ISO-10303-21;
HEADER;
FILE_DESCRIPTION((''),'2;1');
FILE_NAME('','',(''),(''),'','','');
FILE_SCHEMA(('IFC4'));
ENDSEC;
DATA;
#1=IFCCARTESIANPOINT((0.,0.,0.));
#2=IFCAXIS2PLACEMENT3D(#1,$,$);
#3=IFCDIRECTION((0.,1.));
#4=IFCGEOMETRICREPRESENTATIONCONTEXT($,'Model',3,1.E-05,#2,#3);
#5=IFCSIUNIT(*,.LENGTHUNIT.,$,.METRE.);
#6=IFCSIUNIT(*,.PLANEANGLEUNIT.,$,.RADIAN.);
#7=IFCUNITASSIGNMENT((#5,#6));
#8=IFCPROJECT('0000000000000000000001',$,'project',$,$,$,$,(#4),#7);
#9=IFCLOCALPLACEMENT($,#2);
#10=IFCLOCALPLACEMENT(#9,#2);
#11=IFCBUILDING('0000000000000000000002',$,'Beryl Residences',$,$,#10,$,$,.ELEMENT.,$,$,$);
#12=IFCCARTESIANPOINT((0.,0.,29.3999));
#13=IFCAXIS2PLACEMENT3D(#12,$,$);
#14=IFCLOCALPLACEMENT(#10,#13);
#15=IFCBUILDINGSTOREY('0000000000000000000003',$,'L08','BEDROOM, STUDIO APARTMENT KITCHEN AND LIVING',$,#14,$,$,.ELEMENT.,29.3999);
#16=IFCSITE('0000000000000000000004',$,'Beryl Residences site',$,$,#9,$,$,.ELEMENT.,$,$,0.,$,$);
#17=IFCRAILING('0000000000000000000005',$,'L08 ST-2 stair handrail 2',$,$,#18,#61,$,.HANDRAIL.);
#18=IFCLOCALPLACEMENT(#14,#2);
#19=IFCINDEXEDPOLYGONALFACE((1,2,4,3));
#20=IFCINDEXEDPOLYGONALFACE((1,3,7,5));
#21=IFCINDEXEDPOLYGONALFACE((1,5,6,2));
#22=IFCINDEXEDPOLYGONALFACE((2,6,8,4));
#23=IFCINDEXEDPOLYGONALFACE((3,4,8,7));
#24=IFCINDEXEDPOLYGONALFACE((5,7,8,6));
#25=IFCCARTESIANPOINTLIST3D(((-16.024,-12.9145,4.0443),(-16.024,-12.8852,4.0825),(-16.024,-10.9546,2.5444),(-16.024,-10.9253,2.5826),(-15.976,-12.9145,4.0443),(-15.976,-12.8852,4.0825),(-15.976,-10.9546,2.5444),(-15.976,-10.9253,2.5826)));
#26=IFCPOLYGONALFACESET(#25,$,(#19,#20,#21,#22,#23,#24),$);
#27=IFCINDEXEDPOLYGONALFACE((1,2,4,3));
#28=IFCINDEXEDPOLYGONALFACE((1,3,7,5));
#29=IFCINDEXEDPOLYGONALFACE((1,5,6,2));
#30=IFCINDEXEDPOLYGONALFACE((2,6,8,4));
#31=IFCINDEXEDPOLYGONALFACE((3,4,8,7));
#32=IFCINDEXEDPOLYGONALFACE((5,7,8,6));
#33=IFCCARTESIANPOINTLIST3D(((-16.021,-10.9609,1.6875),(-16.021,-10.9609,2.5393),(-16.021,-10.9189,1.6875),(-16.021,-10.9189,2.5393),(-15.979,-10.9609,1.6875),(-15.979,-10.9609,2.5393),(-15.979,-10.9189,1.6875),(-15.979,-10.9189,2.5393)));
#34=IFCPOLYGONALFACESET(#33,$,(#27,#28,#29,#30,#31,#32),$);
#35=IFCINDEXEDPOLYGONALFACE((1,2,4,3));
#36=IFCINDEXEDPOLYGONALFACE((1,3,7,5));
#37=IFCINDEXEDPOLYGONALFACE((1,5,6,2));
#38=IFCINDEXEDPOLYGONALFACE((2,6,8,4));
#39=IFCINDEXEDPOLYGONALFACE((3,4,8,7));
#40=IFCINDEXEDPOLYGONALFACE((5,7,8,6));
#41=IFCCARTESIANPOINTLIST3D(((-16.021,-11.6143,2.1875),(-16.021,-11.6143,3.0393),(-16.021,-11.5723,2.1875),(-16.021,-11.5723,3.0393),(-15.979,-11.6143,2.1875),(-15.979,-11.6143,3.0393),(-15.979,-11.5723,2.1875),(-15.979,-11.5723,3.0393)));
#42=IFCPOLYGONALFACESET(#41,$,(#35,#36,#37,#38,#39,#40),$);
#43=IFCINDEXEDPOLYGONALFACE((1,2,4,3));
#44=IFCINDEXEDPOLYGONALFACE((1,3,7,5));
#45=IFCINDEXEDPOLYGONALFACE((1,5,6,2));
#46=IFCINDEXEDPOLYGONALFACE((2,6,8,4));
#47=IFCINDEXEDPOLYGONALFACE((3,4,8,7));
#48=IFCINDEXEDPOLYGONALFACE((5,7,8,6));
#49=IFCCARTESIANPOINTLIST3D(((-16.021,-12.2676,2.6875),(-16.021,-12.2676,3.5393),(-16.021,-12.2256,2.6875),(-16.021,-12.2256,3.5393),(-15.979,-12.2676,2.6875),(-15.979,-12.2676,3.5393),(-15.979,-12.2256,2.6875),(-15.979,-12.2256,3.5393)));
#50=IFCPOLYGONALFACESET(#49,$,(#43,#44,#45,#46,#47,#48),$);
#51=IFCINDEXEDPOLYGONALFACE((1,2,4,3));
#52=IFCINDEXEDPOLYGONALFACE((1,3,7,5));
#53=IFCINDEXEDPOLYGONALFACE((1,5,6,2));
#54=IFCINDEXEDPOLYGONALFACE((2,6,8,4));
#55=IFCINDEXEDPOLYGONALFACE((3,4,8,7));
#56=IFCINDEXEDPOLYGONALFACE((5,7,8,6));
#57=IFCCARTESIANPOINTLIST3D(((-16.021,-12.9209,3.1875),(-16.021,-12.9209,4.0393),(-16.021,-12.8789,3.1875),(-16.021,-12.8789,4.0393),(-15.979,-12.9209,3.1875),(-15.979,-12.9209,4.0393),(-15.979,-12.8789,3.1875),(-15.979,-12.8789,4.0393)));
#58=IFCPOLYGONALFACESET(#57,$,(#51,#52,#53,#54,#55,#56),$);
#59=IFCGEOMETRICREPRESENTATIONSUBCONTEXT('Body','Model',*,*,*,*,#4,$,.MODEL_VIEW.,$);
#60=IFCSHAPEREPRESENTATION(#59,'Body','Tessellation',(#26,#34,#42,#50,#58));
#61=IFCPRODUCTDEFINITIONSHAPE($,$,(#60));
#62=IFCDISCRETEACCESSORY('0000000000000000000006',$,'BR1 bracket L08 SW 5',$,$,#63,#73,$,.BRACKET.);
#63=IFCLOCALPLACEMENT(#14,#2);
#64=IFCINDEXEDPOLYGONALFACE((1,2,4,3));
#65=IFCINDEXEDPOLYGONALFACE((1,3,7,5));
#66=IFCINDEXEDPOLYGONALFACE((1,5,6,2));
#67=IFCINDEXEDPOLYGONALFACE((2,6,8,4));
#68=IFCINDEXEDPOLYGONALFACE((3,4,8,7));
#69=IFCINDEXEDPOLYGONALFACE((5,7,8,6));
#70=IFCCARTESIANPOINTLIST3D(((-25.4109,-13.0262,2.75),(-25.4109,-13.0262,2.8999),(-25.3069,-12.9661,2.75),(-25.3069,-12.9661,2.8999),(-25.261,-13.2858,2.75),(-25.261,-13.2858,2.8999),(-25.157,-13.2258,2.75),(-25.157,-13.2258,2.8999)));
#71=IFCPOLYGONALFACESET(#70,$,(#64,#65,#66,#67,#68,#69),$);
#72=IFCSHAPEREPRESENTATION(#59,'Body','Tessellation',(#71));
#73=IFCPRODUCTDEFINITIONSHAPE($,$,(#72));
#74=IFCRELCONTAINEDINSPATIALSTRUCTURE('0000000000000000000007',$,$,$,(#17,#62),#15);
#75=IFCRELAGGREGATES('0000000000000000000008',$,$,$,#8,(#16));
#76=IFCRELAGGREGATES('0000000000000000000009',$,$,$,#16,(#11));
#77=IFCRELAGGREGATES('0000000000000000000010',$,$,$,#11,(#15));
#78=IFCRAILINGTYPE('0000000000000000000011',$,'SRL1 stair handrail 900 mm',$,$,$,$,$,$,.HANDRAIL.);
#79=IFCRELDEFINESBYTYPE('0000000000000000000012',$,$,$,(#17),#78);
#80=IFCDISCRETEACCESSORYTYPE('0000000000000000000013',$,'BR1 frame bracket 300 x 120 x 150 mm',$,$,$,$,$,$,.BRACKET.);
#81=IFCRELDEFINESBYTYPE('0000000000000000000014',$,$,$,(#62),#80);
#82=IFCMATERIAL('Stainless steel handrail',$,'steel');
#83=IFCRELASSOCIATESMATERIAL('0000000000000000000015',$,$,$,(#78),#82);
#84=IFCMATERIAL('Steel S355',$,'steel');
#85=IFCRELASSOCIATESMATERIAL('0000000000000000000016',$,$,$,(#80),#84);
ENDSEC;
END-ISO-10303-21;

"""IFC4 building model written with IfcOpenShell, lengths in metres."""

from ifc_helpers import new_model, si_unit, direction, frame, origin, origin_2d, place, context, subcontext, project, spatial, polyline, rectangle, outline, extrude, source, transform, mapped, material, type_object, type_shapes, element, save


model = new_model("IFC4")

# Units and contexts
model_context = context("Model", 3, precision=1e-05, world=origin(), true_north=direction((0.0, 1.0)))
body_context = subcontext(model_context, "Body", "Model", "MODEL_VIEW")
ifc_project = project(units=[si_unit("LENGTHUNIT", "METRE"), si_unit("PLANEANGLEUNIT", "RADIAN")], contexts=[model_context])

# Site, building, storey
site_placement = place(None, origin())
site = spatial("IfcSite", under=ifc_project, at=site_placement, Name="Beryl Residences site", CompositionType="ELEMENT", RefElevation=0.0)
building_placement = place(site_placement, origin())
building = spatial("IfcBuilding", under=site, at=building_placement, Name="Beryl Residences", CompositionType="ELEMENT")
storey_placement = place(building_placement, frame((0.0, 0.0, 29.3999)))
storey = spatial("IfcBuildingStorey", under=building, at=storey_placement, Name="L08", Description="BEDROOM, STUDIO APARTMENT KITCHEN AND LIVING", CompositionType="ELEMENT", Elevation=29.3999)

# Railing
ifc_material_1 = material(Name="Stainless steel handrail", Category="steel")
railing_type_1 = type_object("IfcRailingType", Name="SRL1 stair handrail 900 mm", PredefinedType="HANDRAIL", material=ifc_material_1)
railing_1_placement = place(storey_placement, frame((-16.0, -10.9399, 1.6875)))
element("IfcRailing", 1, at=railing_1_placement, inside=storey, type_object=railing_type_1, Name="L08 ST-2 stair handrail 2", PredefinedType="HANDRAIL", context=body_context, shape_type="SweptSolid", body=[
    extrude(rectangle(XDim=0.0481, YDim=0.0481, at=origin_2d()), frame((0.0, 0.0, 0.876), z_axis=(0.0, -0.794122, 0.607758), x_axis=(1.0, 0.0, 0.0)), (0.0, 0.0, 1.0), 2.468),
    extrude(rectangle(XDim=0.042, YDim=0.042, at=origin_2d()), origin(), (0.0, 0.0, 1.0), 0.8518),
    extrude(rectangle(XDim=0.042, YDim=0.042, at=origin_2d()), frame((0.0, -0.6533, 0.5)), (0.0, 0.0, 1.0), 0.8518),
    extrude(rectangle(XDim=0.042, YDim=0.042, at=origin_2d()), frame((0.0, -1.3066, 1.0)), (0.0, 0.0, 1.0), 0.8518),
    extrude(rectangle(XDim=0.042, YDim=0.042, at=origin_2d()), frame((0.0, -1.96, 1.5)), (0.0, 0.0, 1.0), 0.8518),
])

# Discrete accessory
ifc_material_2 = material(Name="Steel S355", Category="steel")
discrete_accessory_type = type_object("IfcDiscreteAccessoryType", Name="BR1 frame bracket 300 x 120 x 150 mm", PredefinedType="BRACKET", material=ifc_material_2)
shared_shape_1 = source(origin(), body_context, "Body", "SweptSolid", [
    extrude(outline(polyline([(-0.1499, 0.0), (0.1499, 0.0), (0.1499, 0.1201), (-0.1499, 0.1201), (-0.1499, 0.0)])), origin(), (0.0, 0.0, 1.0), 0.1499),
])
type_shapes(discrete_accessory_type, [shared_shape_1])
discrete_accessory_placement = place(storey_placement, frame((-25.2319, -13.0959, 2.75), z_axis=(0.0, 0.0, 1.0), x_axis=(-0.5, 0.866025, 0.0)))
element("IfcDiscreteAccessory", 2, at=discrete_accessory_placement, inside=storey, type_object=discrete_accessory_type, Name="BR1 bracket L08 SW 5", PredefinedType="BRACKET", context=body_context, shape_type="MappedRepresentation", body=[
    mapped(shared_shape_1, transform((0.0, 0.0, 0.0))),
])

save(model, "model.ifc")
